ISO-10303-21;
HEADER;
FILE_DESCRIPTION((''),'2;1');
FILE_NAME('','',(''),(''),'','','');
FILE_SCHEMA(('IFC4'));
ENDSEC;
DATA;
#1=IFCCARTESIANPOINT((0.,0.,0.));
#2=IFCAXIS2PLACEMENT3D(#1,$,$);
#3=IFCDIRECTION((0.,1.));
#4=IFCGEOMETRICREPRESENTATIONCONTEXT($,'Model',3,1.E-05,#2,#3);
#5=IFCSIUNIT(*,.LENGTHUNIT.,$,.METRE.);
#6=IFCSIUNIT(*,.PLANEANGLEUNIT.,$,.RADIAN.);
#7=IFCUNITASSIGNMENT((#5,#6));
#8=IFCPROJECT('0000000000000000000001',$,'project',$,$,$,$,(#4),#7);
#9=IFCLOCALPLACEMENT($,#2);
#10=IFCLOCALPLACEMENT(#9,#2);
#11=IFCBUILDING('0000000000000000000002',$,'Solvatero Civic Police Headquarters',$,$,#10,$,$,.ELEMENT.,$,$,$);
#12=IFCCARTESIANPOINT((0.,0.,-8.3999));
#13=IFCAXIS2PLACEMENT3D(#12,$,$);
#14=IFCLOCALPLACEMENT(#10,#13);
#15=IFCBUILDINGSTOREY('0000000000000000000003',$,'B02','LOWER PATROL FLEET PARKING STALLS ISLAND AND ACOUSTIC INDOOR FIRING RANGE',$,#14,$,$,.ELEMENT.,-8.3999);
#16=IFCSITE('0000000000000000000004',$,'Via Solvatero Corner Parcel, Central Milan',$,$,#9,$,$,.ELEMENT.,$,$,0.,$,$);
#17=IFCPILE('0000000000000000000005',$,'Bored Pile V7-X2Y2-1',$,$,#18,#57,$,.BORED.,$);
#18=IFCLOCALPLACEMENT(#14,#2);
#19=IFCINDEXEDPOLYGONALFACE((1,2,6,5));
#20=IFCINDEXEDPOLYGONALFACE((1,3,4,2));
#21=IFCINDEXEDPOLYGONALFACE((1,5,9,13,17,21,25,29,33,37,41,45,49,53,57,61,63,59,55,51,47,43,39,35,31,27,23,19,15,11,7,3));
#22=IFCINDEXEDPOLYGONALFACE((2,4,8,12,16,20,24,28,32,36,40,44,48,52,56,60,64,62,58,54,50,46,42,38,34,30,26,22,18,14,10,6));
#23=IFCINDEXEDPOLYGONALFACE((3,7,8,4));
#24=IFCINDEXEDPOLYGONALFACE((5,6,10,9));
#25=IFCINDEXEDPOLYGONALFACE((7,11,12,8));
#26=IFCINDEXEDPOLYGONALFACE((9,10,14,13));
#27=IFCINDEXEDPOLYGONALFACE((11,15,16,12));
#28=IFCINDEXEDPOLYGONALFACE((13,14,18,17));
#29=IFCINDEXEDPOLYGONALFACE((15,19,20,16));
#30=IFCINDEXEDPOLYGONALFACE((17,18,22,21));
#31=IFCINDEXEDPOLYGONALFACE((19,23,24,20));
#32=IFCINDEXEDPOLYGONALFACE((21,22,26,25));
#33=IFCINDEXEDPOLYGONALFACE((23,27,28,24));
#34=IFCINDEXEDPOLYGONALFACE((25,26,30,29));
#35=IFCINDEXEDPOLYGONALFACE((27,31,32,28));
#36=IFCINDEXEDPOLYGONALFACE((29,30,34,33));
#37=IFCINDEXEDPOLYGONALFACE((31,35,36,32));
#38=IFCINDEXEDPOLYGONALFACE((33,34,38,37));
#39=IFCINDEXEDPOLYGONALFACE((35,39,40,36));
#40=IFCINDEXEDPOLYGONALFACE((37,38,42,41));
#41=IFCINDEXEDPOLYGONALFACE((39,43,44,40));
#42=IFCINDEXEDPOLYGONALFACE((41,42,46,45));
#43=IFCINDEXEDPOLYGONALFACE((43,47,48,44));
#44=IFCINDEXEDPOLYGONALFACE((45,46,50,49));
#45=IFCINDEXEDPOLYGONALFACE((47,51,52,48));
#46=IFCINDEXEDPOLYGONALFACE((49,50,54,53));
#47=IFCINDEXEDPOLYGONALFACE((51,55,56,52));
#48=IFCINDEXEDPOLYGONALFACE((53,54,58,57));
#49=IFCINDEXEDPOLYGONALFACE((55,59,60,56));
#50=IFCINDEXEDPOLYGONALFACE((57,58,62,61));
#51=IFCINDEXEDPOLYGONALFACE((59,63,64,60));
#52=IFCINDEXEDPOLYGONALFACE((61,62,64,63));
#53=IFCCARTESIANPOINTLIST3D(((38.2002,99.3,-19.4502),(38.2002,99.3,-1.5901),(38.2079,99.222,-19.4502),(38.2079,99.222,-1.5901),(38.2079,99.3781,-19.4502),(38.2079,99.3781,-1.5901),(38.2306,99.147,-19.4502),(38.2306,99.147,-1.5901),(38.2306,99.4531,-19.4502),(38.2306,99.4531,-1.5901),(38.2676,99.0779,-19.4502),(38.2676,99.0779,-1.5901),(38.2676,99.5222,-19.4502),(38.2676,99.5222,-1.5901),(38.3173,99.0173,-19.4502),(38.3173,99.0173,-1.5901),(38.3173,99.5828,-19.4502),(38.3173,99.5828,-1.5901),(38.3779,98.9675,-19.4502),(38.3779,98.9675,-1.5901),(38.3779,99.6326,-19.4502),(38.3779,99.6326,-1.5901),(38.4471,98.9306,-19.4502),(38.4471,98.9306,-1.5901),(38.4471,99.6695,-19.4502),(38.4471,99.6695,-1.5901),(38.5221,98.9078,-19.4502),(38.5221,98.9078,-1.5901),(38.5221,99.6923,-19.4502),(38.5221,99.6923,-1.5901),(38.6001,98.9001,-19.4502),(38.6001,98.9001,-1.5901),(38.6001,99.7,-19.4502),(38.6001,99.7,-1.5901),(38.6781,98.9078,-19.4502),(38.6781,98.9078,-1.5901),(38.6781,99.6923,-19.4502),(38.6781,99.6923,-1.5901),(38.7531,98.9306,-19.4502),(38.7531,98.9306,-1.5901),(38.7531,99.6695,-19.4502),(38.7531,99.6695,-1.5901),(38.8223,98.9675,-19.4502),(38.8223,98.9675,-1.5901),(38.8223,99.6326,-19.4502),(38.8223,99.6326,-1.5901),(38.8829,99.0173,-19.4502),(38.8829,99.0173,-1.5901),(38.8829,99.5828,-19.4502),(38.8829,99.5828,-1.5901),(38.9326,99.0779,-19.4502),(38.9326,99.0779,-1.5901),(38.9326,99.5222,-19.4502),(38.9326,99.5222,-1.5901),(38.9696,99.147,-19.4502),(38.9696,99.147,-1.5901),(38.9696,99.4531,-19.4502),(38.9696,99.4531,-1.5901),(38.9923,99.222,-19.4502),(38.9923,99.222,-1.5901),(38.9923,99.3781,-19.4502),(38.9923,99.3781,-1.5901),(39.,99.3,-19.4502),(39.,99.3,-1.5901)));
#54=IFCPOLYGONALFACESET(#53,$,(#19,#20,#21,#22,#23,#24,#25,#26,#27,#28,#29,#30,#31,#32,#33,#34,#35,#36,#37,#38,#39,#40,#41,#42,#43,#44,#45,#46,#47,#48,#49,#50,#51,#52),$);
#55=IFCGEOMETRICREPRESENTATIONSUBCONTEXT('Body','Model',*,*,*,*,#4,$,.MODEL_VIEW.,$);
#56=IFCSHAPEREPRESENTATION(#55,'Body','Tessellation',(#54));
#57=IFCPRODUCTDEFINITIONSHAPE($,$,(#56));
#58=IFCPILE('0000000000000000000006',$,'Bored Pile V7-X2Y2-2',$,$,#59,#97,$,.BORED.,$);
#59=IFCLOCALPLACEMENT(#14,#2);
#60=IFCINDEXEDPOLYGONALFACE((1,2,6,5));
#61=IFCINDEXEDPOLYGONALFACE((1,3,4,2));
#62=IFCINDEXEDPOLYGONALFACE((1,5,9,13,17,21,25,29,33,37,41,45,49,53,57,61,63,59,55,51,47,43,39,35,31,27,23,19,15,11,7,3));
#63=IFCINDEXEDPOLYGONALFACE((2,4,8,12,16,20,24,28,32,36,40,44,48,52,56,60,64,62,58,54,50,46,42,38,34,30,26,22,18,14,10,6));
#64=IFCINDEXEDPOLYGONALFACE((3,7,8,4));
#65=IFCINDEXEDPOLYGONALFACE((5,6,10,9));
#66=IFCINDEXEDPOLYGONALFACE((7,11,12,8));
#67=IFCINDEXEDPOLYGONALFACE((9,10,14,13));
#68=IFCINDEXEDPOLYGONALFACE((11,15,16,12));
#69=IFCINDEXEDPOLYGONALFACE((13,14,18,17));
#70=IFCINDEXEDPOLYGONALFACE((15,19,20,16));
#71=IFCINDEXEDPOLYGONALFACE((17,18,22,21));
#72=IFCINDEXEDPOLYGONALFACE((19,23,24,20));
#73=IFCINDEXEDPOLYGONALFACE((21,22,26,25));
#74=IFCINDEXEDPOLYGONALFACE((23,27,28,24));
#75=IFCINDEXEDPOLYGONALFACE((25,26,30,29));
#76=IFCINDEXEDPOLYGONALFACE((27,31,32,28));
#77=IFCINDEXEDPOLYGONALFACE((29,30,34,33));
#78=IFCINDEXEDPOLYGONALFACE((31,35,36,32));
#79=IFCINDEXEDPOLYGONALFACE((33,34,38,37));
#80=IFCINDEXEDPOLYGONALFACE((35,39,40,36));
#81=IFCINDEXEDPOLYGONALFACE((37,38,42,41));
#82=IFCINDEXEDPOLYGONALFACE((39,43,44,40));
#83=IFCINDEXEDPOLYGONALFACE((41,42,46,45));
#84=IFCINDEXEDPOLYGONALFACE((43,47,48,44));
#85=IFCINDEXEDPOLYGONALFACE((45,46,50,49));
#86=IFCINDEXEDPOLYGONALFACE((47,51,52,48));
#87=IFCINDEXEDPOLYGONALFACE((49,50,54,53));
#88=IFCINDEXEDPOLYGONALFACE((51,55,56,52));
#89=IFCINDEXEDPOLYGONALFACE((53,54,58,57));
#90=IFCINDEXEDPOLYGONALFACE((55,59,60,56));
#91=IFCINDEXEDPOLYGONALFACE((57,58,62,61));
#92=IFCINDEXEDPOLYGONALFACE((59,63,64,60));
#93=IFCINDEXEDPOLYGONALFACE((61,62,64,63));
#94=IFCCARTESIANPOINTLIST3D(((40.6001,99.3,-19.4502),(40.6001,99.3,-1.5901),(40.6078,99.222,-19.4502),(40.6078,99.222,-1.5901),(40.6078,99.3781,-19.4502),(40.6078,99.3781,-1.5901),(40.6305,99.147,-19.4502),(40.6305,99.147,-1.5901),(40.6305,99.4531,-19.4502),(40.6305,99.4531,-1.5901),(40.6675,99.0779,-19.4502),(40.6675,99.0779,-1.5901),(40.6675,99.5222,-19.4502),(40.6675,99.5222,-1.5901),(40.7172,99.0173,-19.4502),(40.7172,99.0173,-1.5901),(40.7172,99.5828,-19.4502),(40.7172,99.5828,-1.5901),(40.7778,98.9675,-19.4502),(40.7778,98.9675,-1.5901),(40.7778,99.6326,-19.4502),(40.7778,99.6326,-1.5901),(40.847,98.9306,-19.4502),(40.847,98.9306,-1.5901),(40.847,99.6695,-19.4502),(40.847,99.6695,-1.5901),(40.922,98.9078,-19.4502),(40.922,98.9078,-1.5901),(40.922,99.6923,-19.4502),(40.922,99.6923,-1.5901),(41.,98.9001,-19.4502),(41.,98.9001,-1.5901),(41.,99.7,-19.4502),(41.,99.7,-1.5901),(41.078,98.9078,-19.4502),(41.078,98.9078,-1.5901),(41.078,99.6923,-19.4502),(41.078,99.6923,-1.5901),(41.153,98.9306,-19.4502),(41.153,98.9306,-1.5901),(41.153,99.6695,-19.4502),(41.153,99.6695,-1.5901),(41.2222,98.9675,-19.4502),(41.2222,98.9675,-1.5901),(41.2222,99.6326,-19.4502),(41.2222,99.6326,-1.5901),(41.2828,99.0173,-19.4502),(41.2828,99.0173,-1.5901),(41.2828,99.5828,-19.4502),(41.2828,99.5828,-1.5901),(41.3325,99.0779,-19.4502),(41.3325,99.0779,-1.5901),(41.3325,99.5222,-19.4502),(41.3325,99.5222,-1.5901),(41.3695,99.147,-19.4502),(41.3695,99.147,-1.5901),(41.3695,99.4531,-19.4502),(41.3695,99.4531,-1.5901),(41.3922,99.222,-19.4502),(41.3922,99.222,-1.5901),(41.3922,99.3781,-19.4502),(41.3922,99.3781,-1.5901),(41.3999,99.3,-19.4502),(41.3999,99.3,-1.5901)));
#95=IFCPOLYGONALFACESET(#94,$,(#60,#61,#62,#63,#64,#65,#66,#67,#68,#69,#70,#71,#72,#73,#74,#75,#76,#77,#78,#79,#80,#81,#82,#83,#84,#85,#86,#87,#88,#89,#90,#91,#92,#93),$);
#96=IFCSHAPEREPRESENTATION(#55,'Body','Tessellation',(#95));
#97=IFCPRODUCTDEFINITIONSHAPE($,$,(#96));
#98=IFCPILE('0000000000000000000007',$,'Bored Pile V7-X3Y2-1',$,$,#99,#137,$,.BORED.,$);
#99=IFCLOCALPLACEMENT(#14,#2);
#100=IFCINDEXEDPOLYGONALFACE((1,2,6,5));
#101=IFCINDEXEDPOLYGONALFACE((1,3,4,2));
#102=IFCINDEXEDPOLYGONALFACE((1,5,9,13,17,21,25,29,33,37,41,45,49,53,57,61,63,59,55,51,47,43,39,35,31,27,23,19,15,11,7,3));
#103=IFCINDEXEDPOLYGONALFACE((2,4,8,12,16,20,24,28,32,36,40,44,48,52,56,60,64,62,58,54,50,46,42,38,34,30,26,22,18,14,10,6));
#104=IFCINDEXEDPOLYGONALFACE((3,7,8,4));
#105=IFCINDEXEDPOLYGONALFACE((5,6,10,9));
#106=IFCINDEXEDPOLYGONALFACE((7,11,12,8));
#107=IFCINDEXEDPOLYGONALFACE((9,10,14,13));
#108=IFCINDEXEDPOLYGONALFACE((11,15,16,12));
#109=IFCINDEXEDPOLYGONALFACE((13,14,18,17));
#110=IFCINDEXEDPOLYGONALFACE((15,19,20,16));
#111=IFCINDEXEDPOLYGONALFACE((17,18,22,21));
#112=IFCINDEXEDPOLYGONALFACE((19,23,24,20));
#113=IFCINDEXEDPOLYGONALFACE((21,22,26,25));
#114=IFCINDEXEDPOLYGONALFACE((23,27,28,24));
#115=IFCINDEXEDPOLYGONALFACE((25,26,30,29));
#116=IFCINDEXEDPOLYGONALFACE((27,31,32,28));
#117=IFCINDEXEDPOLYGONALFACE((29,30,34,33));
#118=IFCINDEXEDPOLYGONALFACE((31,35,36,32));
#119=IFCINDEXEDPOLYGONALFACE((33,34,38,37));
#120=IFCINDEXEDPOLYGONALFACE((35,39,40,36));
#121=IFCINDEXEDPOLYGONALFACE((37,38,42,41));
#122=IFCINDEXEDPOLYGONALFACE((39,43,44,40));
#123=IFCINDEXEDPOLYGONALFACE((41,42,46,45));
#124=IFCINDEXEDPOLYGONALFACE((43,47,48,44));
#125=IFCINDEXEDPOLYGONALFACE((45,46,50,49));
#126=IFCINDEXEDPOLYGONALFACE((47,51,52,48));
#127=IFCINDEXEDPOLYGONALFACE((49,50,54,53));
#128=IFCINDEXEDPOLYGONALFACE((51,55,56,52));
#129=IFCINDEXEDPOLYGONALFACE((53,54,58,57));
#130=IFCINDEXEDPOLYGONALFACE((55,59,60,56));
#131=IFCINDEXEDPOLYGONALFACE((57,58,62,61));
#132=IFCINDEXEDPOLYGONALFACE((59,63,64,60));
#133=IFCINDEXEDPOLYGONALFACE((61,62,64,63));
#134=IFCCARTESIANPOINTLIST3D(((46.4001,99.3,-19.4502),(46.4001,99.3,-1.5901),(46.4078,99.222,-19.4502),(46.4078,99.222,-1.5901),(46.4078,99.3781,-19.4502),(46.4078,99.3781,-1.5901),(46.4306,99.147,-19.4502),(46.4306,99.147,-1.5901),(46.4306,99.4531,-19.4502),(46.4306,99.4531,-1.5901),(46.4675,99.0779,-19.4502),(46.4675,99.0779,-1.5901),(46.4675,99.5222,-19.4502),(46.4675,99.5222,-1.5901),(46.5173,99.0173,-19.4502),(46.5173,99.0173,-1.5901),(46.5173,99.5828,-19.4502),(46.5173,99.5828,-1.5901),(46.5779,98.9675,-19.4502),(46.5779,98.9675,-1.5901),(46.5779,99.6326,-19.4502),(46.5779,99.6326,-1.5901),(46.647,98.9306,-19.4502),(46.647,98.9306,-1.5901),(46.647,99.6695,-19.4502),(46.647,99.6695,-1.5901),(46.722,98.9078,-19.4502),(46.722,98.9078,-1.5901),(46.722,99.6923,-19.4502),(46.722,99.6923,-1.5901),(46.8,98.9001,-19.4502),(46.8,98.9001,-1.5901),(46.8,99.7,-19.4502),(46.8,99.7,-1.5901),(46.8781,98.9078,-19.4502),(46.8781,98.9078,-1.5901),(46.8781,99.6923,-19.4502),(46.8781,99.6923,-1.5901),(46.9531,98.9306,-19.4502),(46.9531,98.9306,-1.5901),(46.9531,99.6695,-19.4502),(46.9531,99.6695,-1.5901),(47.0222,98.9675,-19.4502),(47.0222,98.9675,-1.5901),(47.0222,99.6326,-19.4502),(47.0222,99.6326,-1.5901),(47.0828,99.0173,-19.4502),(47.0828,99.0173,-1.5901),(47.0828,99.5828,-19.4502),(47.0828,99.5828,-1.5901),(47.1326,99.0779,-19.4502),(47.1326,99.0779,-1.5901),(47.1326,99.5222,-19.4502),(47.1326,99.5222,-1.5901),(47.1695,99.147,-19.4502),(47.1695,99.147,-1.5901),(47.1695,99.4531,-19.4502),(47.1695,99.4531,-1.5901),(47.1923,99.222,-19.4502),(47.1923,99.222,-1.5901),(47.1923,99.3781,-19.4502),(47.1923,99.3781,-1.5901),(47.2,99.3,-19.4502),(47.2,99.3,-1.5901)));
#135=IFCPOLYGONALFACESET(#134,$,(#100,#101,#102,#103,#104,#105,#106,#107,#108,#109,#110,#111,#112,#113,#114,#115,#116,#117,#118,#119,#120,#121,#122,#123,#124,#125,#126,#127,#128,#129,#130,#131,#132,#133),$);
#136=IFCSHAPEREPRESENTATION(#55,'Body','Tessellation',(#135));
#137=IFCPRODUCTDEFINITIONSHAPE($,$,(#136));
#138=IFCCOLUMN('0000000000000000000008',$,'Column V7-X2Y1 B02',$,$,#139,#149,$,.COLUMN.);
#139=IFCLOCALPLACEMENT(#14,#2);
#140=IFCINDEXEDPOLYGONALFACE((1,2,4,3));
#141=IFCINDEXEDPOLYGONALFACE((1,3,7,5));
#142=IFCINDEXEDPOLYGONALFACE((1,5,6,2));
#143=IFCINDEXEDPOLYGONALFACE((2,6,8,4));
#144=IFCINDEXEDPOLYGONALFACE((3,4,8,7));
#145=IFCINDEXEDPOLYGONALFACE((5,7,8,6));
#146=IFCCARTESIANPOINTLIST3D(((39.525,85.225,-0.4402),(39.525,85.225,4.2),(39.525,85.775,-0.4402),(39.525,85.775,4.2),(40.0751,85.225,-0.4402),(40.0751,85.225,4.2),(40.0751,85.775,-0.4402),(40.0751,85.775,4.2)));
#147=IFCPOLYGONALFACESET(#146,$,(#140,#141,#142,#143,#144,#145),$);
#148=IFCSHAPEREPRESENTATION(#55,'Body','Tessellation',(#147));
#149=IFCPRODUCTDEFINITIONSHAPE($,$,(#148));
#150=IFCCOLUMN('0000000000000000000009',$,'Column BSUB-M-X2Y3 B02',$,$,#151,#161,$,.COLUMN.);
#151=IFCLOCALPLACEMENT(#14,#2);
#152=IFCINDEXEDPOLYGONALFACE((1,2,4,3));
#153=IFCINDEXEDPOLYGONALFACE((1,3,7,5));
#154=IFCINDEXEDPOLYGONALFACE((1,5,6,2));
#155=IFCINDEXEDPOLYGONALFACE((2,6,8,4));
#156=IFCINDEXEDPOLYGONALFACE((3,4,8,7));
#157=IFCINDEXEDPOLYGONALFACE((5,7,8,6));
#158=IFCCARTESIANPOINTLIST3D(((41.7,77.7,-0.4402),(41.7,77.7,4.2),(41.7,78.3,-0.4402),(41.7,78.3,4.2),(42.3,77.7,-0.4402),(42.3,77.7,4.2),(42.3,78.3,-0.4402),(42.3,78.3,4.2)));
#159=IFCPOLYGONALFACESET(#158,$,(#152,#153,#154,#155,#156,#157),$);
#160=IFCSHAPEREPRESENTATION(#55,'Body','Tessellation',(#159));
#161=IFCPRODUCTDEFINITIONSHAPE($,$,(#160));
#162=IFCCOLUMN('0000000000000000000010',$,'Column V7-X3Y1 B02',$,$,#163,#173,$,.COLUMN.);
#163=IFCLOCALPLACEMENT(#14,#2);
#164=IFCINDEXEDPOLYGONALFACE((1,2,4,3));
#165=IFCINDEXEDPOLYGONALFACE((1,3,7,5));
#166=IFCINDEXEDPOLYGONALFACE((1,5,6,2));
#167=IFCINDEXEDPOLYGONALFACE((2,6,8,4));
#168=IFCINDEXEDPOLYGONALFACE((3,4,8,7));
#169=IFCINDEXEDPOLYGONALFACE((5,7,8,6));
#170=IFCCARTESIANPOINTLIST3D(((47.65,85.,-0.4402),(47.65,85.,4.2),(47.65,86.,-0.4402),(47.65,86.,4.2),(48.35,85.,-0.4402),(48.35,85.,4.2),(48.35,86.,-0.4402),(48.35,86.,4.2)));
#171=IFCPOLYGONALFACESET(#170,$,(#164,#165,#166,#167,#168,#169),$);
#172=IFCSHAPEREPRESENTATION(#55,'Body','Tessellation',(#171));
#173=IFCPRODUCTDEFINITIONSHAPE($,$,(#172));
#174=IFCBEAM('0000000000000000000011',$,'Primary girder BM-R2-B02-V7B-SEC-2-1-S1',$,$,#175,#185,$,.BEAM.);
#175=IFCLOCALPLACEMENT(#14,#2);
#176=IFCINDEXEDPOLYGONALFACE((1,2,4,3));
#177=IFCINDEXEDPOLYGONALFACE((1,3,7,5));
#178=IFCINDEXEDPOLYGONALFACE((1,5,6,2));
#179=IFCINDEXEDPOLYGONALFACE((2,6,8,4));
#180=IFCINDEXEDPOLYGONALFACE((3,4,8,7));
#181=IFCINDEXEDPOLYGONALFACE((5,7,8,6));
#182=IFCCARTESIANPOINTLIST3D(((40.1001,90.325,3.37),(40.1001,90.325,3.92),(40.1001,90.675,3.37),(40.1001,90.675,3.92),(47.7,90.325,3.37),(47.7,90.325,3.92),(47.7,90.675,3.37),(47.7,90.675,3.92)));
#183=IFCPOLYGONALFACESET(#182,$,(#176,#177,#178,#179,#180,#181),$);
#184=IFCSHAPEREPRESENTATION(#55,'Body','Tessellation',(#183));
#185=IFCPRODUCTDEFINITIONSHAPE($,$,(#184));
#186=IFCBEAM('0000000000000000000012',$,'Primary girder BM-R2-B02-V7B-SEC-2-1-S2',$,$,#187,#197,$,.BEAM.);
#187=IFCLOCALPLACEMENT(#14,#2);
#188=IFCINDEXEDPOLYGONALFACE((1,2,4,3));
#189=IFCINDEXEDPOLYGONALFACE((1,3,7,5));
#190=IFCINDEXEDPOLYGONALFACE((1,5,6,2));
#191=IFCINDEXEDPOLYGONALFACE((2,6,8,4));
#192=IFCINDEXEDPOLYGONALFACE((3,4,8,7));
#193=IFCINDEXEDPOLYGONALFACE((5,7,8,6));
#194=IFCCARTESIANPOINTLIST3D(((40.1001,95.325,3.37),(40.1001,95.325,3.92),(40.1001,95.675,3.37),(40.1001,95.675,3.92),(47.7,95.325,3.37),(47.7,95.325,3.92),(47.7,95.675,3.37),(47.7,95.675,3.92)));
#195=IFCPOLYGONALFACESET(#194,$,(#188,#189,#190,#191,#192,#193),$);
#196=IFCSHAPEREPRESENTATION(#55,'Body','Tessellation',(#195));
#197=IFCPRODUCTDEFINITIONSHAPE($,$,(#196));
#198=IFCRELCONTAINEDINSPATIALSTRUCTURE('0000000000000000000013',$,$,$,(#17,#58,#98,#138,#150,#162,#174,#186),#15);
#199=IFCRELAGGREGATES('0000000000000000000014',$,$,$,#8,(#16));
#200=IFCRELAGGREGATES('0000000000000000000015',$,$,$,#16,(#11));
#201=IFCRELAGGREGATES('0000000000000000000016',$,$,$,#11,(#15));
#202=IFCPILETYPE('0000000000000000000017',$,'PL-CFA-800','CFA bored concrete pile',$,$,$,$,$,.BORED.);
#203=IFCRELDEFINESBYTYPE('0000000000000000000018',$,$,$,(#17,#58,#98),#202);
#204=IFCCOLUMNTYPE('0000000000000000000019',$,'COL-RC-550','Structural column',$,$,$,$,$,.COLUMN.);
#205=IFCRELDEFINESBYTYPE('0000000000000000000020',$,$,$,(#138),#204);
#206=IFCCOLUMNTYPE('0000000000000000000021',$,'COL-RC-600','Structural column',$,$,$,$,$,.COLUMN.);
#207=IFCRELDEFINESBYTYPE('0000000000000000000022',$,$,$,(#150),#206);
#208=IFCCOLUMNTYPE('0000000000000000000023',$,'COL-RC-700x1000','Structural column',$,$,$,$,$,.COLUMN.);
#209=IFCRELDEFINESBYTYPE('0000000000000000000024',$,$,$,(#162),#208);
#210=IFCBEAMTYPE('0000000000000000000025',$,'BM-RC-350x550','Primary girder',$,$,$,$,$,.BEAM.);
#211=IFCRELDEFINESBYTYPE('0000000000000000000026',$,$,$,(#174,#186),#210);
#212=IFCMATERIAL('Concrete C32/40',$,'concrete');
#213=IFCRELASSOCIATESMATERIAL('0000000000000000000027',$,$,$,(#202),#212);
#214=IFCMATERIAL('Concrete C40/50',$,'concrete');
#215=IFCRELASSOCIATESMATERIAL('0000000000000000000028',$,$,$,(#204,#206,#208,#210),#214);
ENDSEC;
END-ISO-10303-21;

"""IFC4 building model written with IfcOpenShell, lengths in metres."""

from ifc_helpers import new_model, si_unit, direction, frame, origin, origin_2d, place, context, subcontext, project, spatial, rectangle, circle, extrude, material, material_profile, profile_set, type_object, element, save


model = new_model("IFC4")

# Units and contexts
model_context = context("Model", 3, precision=1e-05, world=origin(), true_north=direction((0.0, 1.0)))
body_context = subcontext(model_context, "Body", "Model", "MODEL_VIEW")
ifc_project = project(units=[si_unit("LENGTHUNIT", "METRE"), si_unit("PLANEANGLEUNIT", "RADIAN")], contexts=[model_context])

# Site, building, storey
site_placement = place(None, origin())
site = spatial("IfcSite", under=ifc_project, at=site_placement, Name="Via Solvatero Corner Parcel, Central Milan", CompositionType="ELEMENT", RefElevation=0.0)
building_placement = place(site_placement, origin())
building = spatial("IfcBuilding", under=site, at=building_placement, Name="Solvatero Civic Police Headquarters", CompositionType="ELEMENT")
storey_placement = place(building_placement, frame((0.0, 0.0, -8.3999)))
storey = spatial("IfcBuildingStorey", under=building, at=storey_placement, Name="B02", Description="LOWER PATROL FLEET PARKING STALLS ISLAND AND ACOUSTIC INDOOR FIRING RANGE", CompositionType="ELEMENT", Elevation=-8.3999)

# Piles
ifc_material_1 = material(Name="Concrete C32/40", Category="concrete")
ifc_material_profile_1 = material_profile(ifc_material_1, circle(Radius=0.3999, at=origin_2d()), Name="CFA PILE D800")
ifc_profile_set_1 = profile_set([ifc_material_profile_1], Name="Concrete C32/40")
pile_type_1 = type_object("IfcPileType", Name="PL-CFA-800", Description="CFA bored concrete pile", PredefinedType="BORED", material=ifc_profile_set_1)
for number, where, z_axis, x_axis, name in (
    (1, (38.6001, 99.3, -1.5901), (0.0, 0.0, -1.0), (1.0, 0.0, 0.0), "Bored Pile V7-X2Y2-1"),
    (2, (41.0, 99.3, -1.5901), (0.0, 0.0, -1.0), (1.0, 0.0, 0.0), "Bored Pile V7-X2Y2-2"),
    (3, (46.8, 99.3, -1.5901), (0.0, 0.0, -1.0), (1.0, 0.0, 0.0), "Bored Pile V7-X3Y2-1"),
):
    element("IfcPile", number, at=place(storey_placement, frame(where, z_axis=z_axis, x_axis=x_axis)), inside=storey, type_object=pile_type_1, Name=name, PredefinedType="BORED", context=body_context, shape_type="SweptSolid", body=[
        extrude(circle(Radius=0.3999, at=origin_2d()), origin(), (0.0, 0.0, 1.0), 17.8601),
    ])

# Columns
ifc_material_2 = material(Name="Concrete C40/50", Category="concrete")
ifc_material_profile_2 = material_profile(ifc_material_2, rectangle(XDim=0.55, YDim=0.55, at=origin_2d()), Name="RC 550x550")
ifc_profile_set_2 = profile_set([ifc_material_profile_2], Name="Concrete C40/50")
column_type_1 = type_object("IfcColumnType", Name="COL-RC-550", Description="Structural column", PredefinedType="COLUMN", material=ifc_profile_set_2)
column_1_placement = place(storey_placement, frame((39.8, 85.5, -0.4402), z_axis=(0.0, 0.0, 1.0), x_axis=(1.0, 0.0, 0.0)))
element("IfcColumn", 4, at=column_1_placement, inside=storey, type_object=column_type_1, Name="Column V7-X2Y1 B02", PredefinedType="COLUMN", context=body_context, shape_type="SweptSolid", body=[
    extrude(rectangle(XDim=0.55, YDim=0.55, at=origin_2d()), origin(), (0.0, 0.0, 1.0), 4.6401),
])
ifc_material_profile_3 = material_profile(ifc_material_2, rectangle(XDim=0.6001, YDim=0.6001, at=origin_2d()), Name="RC 600x600")
ifc_profile_set_3 = profile_set([ifc_material_profile_3], Name="Concrete C40/50")
column_type_2 = type_object("IfcColumnType", Name="COL-RC-600", Description="Structural column", PredefinedType="COLUMN", material=ifc_profile_set_3)
column_2_placement = place(storey_placement, frame((42.0, 78.0, -0.4402), z_axis=(0.0, 0.0, 1.0), x_axis=(1.0, 0.0, 0.0)))
element("IfcColumn", 5, at=column_2_placement, inside=storey, type_object=column_type_2, Name="Column BSUB-M-X2Y3 B02", PredefinedType="COLUMN", context=body_context, shape_type="SweptSolid", body=[
    extrude(rectangle(XDim=0.6001, YDim=0.6001, at=origin_2d()), origin(), (0.0, 0.0, 1.0), 4.6401),
])
ifc_material_profile_4 = material_profile(ifc_material_2, rectangle(XDim=0.7, YDim=1.0, at=origin_2d()), Name="RC 700x1000")
ifc_profile_set_4 = profile_set([ifc_material_profile_4], Name="Concrete C40/50")
column_type_3 = type_object("IfcColumnType", Name="COL-RC-700x1000", Description="Structural column", PredefinedType="COLUMN", material=ifc_profile_set_4)
column_3_placement = place(storey_placement, frame((48.0, 85.5, -0.4402), z_axis=(0.0, 0.0, 1.0), x_axis=(1.0, 0.0, 0.0)))
element("IfcColumn", 6, at=column_3_placement, inside=storey, type_object=column_type_3, Name="Column V7-X3Y1 B02", PredefinedType="COLUMN", context=body_context, shape_type="SweptSolid", body=[
    extrude(rectangle(XDim=0.7, YDim=1.0, at=origin_2d()), origin(), (0.0, 0.0, 1.0), 4.6401),
])

# Beams
ifc_material_profile_5 = material_profile(ifc_material_2, rectangle(XDim=0.3501, YDim=0.55, at=origin_2d()), Name="RC 350x550")
ifc_profile_set_5 = profile_set([ifc_material_profile_5], Name="Concrete C40/50")
beam_type_1 = type_object("IfcBeamType", Name="BM-RC-350x550", Description="Primary girder", PredefinedType="BEAM", material=ifc_profile_set_5)
for number, where, z_axis, x_axis, name in (
    (7, (40.1001, 90.5, 3.645), (1.0, 0.0, 0.0), (0.0, 1.0, 0.0), "Primary girder BM-R2-B02-V7B-SEC-2-1-S1"),
    (8, (40.1001, 95.5, 3.645), (1.0, 0.0, 0.0), (0.0, 1.0, 0.0), "Primary girder BM-R2-B02-V7B-SEC-2-1-S2"),
):
    element("IfcBeam", number, at=place(storey_placement, frame(where, z_axis=z_axis, x_axis=x_axis)), inside=storey, type_object=beam_type_1, Name=name, PredefinedType="BEAM", context=body_context, shape_type="SweptSolid", body=[
        extrude(rectangle(XDim=0.3501, YDim=0.55, at=origin_2d()), origin(), (0.0, 0.0, 1.0), 7.5999),
    ])

save(model, "model.ifc")
